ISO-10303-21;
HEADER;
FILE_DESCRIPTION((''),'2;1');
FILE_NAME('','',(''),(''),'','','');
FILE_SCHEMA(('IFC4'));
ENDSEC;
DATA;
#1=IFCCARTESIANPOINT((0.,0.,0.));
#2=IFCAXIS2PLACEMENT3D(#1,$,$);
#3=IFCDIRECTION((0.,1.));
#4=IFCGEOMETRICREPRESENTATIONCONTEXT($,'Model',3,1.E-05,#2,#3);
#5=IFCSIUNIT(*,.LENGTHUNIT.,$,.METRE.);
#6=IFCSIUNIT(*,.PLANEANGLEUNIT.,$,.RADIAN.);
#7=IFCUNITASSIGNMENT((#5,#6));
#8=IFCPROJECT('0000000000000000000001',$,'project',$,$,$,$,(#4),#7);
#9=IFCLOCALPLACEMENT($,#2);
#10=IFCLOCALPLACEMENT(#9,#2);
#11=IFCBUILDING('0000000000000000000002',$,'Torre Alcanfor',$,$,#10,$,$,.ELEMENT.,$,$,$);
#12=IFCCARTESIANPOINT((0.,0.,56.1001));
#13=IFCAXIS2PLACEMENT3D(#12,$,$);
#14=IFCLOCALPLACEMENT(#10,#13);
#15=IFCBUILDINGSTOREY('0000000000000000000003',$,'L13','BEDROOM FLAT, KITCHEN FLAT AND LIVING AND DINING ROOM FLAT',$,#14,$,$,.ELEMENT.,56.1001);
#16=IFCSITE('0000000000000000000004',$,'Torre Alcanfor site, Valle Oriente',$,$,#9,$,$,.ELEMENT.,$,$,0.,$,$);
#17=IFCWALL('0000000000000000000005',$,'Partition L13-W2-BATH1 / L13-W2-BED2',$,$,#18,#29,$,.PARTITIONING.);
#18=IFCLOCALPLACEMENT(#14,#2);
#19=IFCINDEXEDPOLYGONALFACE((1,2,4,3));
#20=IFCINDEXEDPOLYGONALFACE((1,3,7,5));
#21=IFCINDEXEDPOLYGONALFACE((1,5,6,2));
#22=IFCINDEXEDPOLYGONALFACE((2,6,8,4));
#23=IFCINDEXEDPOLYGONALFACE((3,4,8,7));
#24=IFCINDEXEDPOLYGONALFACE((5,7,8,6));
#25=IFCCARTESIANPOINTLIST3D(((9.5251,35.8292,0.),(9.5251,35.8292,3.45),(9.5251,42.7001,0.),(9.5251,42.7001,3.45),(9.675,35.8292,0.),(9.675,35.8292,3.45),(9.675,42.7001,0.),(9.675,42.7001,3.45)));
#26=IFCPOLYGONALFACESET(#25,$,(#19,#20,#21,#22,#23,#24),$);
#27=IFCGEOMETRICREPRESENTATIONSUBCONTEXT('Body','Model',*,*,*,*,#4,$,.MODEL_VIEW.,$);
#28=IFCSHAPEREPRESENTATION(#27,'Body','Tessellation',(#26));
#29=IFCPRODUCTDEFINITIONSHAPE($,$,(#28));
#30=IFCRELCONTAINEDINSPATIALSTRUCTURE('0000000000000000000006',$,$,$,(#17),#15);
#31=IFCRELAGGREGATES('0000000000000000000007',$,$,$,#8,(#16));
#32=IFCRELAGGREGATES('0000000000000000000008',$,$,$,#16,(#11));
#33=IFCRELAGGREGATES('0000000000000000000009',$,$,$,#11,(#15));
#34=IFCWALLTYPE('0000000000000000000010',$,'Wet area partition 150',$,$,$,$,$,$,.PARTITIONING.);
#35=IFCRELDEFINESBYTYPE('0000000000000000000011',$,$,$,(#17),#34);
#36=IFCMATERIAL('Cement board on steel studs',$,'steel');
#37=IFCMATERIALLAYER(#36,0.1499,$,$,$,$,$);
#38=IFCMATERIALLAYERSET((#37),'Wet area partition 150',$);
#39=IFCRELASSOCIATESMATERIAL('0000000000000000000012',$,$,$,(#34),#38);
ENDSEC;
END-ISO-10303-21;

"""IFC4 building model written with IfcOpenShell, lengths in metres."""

from ifc_helpers import new_model, si_unit, direction, frame, frame_2d, origin, place, context, subcontext, project, spatial, rectangle, extrude, material, layer, layer_set, type_object, element, save


model = new_model("IFC4")

# Units and contexts
model_context = context("Model", 3, precision=1e-05, world=origin(), true_north=direction((0.0, 1.0)))
body_context = subcontext(model_context, "Body", "Model", "MODEL_VIEW")
ifc_project = project(units=[si_unit("LENGTHUNIT", "METRE"), si_unit("PLANEANGLEUNIT", "RADIAN")], contexts=[model_context])

# Site, building, storey
site_placement = place(None, origin())
site = spatial("IfcSite", under=ifc_project, at=site_placement, Name="Torre Alcanfor site, Valle Oriente", CompositionType="ELEMENT", RefElevation=0.0)
building_placement = place(site_placement, origin())
building = spatial("IfcBuilding", under=site, at=building_placement, Name="Torre Alcanfor", CompositionType="ELEMENT")
storey_placement = place(building_placement, frame((0.0, 0.0, 56.1001)))
storey = spatial("IfcBuildingStorey", under=building, at=storey_placement, Name="L13", Description="BEDROOM FLAT, KITCHEN FLAT AND LIVING AND DINING ROOM FLAT", CompositionType="ELEMENT", Elevation=56.1001)

# Shared definitions
ifc_material_1 = material(Name="Cement board on steel studs", Category="steel")
ifc_layer_1 = layer(ifc_material_1, 0.1499)
ifc_layer_set_1 = layer_set([ifc_layer_1], Name="Wet area partition 150")
wall_type_1 = type_object("IfcWallType", Name="Wet area partition 150", PredefinedType="PARTITIONING", material=ifc_layer_set_1)

# Wall
for number, where, z_axis, x_axis, name in (
    (1, (9.6001, 35.8291, 0.0), (0.0, 0.0, 1.0), (0.0, 1.0, 0.0), "Partition L13-W2-BATH1 / L13-W2-BED2"),
):
    element("IfcWall", number, at=place(storey_placement, frame(where, z_axis=z_axis, x_axis=x_axis)), inside=storey, type_object=wall_type_1, Name=name, PredefinedType="PARTITIONING", context=body_context, shape_type="SweptSolid", body=[
        extrude(rectangle(XDim=6.8708, YDim=0.1499, at=frame_2d((3.4355, 0.0))), origin(), (0.0, 0.0, 1.0), 3.45),
    ])

save(model, "model.ifc")
